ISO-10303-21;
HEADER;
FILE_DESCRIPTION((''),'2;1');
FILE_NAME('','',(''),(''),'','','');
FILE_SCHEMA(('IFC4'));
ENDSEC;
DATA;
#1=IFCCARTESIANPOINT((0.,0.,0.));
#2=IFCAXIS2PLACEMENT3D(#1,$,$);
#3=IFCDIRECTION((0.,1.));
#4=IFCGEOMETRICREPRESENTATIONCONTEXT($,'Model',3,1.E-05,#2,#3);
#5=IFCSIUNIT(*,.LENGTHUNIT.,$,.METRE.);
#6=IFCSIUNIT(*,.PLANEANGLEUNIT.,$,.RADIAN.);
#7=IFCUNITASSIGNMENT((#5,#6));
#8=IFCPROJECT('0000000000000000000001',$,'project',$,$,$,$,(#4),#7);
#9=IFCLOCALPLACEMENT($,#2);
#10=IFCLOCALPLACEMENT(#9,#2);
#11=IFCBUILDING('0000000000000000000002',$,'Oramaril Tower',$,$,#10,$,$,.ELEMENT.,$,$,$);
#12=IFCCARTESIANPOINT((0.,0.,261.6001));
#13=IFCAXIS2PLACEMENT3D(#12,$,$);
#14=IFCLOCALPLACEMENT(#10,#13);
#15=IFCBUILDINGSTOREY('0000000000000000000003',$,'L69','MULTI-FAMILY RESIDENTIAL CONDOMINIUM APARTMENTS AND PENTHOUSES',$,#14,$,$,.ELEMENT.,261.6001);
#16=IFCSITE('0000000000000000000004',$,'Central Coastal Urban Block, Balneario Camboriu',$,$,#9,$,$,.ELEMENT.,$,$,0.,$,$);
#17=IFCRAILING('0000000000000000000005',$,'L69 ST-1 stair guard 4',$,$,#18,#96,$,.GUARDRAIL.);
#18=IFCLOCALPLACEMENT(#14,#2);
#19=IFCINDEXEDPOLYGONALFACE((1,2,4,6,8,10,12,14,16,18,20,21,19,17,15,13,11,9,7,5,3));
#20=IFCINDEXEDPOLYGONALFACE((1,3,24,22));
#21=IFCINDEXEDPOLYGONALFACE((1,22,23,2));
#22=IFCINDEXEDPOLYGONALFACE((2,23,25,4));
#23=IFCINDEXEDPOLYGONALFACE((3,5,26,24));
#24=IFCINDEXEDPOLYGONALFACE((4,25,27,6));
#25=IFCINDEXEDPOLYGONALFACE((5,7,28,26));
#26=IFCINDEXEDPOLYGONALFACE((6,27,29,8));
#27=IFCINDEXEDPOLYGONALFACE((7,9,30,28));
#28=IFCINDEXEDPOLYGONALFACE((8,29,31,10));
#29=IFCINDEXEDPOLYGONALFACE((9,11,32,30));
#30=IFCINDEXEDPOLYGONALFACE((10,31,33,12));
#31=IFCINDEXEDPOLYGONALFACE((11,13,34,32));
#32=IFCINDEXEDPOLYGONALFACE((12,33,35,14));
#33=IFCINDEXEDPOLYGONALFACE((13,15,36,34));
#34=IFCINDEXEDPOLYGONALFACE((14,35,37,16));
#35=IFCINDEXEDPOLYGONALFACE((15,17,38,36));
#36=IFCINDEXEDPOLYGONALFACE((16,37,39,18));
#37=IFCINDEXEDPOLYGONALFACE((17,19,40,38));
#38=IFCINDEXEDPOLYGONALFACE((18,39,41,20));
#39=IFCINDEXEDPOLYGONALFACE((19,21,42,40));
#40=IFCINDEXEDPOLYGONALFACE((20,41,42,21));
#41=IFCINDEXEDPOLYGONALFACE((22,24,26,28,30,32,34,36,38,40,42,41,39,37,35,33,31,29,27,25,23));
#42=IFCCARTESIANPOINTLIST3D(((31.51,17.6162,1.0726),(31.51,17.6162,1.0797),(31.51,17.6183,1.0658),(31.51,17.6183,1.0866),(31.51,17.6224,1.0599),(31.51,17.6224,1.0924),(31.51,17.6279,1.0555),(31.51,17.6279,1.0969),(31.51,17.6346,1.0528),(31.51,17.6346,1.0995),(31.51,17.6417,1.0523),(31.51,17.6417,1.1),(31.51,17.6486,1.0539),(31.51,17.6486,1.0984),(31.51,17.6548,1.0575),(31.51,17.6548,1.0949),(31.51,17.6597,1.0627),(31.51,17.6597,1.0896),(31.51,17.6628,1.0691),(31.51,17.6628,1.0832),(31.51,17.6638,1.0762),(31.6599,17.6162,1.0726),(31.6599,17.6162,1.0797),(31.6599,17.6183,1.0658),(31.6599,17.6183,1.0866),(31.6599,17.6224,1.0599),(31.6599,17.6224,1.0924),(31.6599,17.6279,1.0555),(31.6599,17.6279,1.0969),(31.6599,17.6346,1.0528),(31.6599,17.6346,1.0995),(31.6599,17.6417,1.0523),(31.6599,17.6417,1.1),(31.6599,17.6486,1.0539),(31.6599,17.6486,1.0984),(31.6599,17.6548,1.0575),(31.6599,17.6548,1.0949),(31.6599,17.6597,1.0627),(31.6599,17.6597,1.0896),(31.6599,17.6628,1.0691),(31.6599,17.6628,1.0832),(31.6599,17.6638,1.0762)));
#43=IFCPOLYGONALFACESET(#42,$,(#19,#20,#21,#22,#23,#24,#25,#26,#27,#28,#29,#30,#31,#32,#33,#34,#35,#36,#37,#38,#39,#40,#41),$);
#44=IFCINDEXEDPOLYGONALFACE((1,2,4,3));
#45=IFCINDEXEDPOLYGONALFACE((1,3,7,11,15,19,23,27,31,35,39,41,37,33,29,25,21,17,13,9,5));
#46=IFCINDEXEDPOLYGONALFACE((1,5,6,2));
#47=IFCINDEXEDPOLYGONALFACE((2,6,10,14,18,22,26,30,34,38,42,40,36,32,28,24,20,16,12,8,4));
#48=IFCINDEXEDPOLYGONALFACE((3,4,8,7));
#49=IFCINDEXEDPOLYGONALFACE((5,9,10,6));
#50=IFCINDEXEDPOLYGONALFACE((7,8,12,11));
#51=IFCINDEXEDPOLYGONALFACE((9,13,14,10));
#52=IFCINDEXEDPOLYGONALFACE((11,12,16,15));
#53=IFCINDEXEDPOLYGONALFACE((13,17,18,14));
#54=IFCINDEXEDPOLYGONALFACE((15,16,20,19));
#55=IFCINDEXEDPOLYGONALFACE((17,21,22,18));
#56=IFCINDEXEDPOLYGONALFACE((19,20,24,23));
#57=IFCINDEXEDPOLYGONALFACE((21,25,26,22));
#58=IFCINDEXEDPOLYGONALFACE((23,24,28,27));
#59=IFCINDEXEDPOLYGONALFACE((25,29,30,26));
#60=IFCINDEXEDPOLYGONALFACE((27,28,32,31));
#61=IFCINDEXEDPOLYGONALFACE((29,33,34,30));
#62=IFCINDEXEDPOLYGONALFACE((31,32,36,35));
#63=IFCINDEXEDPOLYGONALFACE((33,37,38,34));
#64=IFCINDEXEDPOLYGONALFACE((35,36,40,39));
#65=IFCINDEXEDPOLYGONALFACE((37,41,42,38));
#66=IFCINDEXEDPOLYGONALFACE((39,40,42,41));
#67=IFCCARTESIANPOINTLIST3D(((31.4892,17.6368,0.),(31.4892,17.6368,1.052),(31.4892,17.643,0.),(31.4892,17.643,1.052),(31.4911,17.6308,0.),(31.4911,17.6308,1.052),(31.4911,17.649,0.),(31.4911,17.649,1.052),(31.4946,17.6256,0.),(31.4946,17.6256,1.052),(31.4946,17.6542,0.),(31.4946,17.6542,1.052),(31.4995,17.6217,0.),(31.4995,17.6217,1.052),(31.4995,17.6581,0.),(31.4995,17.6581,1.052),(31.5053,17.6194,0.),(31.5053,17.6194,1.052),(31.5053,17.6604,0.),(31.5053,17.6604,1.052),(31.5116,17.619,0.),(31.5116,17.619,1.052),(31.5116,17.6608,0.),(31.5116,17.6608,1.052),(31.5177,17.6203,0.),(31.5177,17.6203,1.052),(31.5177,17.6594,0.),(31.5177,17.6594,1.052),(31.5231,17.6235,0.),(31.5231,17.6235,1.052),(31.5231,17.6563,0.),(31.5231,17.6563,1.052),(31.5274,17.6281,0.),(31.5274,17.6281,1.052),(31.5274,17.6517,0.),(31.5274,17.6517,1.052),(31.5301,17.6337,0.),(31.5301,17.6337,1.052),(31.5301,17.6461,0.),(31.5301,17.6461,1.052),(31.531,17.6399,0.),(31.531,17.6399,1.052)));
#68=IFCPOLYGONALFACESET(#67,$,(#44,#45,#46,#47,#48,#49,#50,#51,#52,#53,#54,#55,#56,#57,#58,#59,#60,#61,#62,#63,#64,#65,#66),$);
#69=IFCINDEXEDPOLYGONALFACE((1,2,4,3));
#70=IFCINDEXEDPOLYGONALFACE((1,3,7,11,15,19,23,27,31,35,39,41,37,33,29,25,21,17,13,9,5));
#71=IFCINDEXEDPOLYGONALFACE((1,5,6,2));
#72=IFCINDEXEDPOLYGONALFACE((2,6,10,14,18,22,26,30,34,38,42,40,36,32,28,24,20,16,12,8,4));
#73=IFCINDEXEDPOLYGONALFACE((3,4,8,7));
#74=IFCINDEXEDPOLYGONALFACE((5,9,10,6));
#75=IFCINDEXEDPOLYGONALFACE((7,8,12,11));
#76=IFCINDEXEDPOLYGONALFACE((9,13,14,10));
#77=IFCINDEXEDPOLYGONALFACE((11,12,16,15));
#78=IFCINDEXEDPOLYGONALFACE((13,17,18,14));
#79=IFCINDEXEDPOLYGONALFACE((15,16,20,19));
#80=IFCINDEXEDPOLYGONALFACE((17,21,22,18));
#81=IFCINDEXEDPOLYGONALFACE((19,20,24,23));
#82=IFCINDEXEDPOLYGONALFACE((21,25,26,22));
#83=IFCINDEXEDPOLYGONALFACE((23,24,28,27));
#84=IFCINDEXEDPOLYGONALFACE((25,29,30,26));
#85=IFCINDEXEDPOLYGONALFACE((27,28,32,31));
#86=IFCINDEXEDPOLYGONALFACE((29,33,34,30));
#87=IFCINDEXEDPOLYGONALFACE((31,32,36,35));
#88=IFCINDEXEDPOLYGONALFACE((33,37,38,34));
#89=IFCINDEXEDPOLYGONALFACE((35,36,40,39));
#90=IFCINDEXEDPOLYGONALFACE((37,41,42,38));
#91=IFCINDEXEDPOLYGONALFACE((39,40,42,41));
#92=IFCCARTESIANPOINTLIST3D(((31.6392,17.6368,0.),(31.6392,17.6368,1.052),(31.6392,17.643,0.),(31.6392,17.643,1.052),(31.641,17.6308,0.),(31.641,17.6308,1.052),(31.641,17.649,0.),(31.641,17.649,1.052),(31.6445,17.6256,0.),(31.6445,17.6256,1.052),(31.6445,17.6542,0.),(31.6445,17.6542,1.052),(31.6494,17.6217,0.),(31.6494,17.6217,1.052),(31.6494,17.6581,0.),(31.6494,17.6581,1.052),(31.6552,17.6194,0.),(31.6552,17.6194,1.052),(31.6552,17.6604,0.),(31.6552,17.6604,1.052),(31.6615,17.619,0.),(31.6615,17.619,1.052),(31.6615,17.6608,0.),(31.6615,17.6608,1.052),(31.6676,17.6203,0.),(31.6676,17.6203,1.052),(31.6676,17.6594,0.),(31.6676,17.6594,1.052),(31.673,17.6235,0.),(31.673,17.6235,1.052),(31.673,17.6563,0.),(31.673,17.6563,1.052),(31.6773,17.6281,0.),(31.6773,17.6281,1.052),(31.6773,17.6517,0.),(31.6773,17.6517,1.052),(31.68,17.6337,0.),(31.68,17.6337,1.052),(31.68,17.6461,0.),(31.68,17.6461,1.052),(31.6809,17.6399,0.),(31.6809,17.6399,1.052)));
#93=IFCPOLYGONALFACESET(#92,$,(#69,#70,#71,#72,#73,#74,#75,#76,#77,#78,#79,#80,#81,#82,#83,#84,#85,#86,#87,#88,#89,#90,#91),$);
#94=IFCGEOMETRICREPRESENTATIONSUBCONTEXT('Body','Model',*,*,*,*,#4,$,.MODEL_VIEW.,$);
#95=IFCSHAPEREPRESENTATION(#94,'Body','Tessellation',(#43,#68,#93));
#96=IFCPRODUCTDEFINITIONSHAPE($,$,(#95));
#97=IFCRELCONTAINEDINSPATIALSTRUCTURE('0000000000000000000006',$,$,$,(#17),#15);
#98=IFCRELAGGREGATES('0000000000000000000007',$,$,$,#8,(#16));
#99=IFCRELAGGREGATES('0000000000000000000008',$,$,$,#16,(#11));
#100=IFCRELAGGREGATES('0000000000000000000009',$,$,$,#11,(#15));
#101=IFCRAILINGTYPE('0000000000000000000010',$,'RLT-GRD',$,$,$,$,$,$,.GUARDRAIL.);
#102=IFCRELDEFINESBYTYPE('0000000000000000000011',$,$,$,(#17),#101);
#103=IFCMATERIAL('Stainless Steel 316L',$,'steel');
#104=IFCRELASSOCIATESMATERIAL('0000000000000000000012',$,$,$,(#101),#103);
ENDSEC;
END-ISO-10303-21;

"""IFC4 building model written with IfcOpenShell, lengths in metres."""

from ifc_helpers import new_model, si_unit, direction, frame, origin, origin_2d, place, context, subcontext, project, spatial, circle, extrude, material, type_object, element, save


model = new_model("IFC4")

# Units and contexts
model_context = context("Model", 3, precision=1e-05, world=origin(), true_north=direction((0.0, 1.0)))
body_context = subcontext(model_context, "Body", "Model", "MODEL_VIEW")
ifc_project = project(units=[si_unit("LENGTHUNIT", "METRE"), si_unit("PLANEANGLEUNIT", "RADIAN")], contexts=[model_context])

# Site, building, storey
site_placement = place(None, origin())
site = spatial("IfcSite", under=ifc_project, at=site_placement, Name="Central Coastal Urban Block, Balneario Camboriu", CompositionType="ELEMENT", RefElevation=0.0)
building_placement = place(site_placement, origin())
building = spatial("IfcBuilding", under=site, at=building_placement, Name="Oramaril Tower", CompositionType="ELEMENT")
storey_placement = place(building_placement, frame((0.0, 0.0, 261.6001)))
storey = spatial("IfcBuildingStorey", under=building, at=storey_placement, Name="L69", Description="MULTI-FAMILY RESIDENTIAL CONDOMINIUM APARTMENTS AND PENTHOUSES", CompositionType="ELEMENT", Elevation=261.6001)

# Railing
ifc_material_1 = material(Name="Stainless Steel 316L", Category="steel")
railing_type_1 = type_object("IfcRailingType", Name="RLT-GRD", PredefinedType="GUARDRAIL", material=ifc_material_1)
railing_1_placement = place(storey_placement, frame((31.51, 17.6399, 0.0)))
element("IfcRailing", 1, at=railing_1_placement, inside=storey, type_object=railing_type_1, Name="L69 ST-1 stair guard 4", PredefinedType="GUARDRAIL", context=body_context, shape_type="SweptSolid", body=[
    extrude(circle(Radius=0.0239, at=origin_2d()), frame((0.0, 0.0, 1.0762), z_axis=(1.0, 0.0, 0.0), x_axis=(0.0, 1.0, 0.0)), (0.0, 0.0, 1.0), 0.1499),
    extrude(circle(Radius=0.021, at=origin_2d()), origin(), (0.0, 0.0, 1.0), 1.052),
    extrude(circle(Radius=0.021, at=origin_2d()), frame((0.1499, 0.0, 0.0)), (0.0, 0.0, 1.0), 1.052),
])

save(model, "model.ifc")
